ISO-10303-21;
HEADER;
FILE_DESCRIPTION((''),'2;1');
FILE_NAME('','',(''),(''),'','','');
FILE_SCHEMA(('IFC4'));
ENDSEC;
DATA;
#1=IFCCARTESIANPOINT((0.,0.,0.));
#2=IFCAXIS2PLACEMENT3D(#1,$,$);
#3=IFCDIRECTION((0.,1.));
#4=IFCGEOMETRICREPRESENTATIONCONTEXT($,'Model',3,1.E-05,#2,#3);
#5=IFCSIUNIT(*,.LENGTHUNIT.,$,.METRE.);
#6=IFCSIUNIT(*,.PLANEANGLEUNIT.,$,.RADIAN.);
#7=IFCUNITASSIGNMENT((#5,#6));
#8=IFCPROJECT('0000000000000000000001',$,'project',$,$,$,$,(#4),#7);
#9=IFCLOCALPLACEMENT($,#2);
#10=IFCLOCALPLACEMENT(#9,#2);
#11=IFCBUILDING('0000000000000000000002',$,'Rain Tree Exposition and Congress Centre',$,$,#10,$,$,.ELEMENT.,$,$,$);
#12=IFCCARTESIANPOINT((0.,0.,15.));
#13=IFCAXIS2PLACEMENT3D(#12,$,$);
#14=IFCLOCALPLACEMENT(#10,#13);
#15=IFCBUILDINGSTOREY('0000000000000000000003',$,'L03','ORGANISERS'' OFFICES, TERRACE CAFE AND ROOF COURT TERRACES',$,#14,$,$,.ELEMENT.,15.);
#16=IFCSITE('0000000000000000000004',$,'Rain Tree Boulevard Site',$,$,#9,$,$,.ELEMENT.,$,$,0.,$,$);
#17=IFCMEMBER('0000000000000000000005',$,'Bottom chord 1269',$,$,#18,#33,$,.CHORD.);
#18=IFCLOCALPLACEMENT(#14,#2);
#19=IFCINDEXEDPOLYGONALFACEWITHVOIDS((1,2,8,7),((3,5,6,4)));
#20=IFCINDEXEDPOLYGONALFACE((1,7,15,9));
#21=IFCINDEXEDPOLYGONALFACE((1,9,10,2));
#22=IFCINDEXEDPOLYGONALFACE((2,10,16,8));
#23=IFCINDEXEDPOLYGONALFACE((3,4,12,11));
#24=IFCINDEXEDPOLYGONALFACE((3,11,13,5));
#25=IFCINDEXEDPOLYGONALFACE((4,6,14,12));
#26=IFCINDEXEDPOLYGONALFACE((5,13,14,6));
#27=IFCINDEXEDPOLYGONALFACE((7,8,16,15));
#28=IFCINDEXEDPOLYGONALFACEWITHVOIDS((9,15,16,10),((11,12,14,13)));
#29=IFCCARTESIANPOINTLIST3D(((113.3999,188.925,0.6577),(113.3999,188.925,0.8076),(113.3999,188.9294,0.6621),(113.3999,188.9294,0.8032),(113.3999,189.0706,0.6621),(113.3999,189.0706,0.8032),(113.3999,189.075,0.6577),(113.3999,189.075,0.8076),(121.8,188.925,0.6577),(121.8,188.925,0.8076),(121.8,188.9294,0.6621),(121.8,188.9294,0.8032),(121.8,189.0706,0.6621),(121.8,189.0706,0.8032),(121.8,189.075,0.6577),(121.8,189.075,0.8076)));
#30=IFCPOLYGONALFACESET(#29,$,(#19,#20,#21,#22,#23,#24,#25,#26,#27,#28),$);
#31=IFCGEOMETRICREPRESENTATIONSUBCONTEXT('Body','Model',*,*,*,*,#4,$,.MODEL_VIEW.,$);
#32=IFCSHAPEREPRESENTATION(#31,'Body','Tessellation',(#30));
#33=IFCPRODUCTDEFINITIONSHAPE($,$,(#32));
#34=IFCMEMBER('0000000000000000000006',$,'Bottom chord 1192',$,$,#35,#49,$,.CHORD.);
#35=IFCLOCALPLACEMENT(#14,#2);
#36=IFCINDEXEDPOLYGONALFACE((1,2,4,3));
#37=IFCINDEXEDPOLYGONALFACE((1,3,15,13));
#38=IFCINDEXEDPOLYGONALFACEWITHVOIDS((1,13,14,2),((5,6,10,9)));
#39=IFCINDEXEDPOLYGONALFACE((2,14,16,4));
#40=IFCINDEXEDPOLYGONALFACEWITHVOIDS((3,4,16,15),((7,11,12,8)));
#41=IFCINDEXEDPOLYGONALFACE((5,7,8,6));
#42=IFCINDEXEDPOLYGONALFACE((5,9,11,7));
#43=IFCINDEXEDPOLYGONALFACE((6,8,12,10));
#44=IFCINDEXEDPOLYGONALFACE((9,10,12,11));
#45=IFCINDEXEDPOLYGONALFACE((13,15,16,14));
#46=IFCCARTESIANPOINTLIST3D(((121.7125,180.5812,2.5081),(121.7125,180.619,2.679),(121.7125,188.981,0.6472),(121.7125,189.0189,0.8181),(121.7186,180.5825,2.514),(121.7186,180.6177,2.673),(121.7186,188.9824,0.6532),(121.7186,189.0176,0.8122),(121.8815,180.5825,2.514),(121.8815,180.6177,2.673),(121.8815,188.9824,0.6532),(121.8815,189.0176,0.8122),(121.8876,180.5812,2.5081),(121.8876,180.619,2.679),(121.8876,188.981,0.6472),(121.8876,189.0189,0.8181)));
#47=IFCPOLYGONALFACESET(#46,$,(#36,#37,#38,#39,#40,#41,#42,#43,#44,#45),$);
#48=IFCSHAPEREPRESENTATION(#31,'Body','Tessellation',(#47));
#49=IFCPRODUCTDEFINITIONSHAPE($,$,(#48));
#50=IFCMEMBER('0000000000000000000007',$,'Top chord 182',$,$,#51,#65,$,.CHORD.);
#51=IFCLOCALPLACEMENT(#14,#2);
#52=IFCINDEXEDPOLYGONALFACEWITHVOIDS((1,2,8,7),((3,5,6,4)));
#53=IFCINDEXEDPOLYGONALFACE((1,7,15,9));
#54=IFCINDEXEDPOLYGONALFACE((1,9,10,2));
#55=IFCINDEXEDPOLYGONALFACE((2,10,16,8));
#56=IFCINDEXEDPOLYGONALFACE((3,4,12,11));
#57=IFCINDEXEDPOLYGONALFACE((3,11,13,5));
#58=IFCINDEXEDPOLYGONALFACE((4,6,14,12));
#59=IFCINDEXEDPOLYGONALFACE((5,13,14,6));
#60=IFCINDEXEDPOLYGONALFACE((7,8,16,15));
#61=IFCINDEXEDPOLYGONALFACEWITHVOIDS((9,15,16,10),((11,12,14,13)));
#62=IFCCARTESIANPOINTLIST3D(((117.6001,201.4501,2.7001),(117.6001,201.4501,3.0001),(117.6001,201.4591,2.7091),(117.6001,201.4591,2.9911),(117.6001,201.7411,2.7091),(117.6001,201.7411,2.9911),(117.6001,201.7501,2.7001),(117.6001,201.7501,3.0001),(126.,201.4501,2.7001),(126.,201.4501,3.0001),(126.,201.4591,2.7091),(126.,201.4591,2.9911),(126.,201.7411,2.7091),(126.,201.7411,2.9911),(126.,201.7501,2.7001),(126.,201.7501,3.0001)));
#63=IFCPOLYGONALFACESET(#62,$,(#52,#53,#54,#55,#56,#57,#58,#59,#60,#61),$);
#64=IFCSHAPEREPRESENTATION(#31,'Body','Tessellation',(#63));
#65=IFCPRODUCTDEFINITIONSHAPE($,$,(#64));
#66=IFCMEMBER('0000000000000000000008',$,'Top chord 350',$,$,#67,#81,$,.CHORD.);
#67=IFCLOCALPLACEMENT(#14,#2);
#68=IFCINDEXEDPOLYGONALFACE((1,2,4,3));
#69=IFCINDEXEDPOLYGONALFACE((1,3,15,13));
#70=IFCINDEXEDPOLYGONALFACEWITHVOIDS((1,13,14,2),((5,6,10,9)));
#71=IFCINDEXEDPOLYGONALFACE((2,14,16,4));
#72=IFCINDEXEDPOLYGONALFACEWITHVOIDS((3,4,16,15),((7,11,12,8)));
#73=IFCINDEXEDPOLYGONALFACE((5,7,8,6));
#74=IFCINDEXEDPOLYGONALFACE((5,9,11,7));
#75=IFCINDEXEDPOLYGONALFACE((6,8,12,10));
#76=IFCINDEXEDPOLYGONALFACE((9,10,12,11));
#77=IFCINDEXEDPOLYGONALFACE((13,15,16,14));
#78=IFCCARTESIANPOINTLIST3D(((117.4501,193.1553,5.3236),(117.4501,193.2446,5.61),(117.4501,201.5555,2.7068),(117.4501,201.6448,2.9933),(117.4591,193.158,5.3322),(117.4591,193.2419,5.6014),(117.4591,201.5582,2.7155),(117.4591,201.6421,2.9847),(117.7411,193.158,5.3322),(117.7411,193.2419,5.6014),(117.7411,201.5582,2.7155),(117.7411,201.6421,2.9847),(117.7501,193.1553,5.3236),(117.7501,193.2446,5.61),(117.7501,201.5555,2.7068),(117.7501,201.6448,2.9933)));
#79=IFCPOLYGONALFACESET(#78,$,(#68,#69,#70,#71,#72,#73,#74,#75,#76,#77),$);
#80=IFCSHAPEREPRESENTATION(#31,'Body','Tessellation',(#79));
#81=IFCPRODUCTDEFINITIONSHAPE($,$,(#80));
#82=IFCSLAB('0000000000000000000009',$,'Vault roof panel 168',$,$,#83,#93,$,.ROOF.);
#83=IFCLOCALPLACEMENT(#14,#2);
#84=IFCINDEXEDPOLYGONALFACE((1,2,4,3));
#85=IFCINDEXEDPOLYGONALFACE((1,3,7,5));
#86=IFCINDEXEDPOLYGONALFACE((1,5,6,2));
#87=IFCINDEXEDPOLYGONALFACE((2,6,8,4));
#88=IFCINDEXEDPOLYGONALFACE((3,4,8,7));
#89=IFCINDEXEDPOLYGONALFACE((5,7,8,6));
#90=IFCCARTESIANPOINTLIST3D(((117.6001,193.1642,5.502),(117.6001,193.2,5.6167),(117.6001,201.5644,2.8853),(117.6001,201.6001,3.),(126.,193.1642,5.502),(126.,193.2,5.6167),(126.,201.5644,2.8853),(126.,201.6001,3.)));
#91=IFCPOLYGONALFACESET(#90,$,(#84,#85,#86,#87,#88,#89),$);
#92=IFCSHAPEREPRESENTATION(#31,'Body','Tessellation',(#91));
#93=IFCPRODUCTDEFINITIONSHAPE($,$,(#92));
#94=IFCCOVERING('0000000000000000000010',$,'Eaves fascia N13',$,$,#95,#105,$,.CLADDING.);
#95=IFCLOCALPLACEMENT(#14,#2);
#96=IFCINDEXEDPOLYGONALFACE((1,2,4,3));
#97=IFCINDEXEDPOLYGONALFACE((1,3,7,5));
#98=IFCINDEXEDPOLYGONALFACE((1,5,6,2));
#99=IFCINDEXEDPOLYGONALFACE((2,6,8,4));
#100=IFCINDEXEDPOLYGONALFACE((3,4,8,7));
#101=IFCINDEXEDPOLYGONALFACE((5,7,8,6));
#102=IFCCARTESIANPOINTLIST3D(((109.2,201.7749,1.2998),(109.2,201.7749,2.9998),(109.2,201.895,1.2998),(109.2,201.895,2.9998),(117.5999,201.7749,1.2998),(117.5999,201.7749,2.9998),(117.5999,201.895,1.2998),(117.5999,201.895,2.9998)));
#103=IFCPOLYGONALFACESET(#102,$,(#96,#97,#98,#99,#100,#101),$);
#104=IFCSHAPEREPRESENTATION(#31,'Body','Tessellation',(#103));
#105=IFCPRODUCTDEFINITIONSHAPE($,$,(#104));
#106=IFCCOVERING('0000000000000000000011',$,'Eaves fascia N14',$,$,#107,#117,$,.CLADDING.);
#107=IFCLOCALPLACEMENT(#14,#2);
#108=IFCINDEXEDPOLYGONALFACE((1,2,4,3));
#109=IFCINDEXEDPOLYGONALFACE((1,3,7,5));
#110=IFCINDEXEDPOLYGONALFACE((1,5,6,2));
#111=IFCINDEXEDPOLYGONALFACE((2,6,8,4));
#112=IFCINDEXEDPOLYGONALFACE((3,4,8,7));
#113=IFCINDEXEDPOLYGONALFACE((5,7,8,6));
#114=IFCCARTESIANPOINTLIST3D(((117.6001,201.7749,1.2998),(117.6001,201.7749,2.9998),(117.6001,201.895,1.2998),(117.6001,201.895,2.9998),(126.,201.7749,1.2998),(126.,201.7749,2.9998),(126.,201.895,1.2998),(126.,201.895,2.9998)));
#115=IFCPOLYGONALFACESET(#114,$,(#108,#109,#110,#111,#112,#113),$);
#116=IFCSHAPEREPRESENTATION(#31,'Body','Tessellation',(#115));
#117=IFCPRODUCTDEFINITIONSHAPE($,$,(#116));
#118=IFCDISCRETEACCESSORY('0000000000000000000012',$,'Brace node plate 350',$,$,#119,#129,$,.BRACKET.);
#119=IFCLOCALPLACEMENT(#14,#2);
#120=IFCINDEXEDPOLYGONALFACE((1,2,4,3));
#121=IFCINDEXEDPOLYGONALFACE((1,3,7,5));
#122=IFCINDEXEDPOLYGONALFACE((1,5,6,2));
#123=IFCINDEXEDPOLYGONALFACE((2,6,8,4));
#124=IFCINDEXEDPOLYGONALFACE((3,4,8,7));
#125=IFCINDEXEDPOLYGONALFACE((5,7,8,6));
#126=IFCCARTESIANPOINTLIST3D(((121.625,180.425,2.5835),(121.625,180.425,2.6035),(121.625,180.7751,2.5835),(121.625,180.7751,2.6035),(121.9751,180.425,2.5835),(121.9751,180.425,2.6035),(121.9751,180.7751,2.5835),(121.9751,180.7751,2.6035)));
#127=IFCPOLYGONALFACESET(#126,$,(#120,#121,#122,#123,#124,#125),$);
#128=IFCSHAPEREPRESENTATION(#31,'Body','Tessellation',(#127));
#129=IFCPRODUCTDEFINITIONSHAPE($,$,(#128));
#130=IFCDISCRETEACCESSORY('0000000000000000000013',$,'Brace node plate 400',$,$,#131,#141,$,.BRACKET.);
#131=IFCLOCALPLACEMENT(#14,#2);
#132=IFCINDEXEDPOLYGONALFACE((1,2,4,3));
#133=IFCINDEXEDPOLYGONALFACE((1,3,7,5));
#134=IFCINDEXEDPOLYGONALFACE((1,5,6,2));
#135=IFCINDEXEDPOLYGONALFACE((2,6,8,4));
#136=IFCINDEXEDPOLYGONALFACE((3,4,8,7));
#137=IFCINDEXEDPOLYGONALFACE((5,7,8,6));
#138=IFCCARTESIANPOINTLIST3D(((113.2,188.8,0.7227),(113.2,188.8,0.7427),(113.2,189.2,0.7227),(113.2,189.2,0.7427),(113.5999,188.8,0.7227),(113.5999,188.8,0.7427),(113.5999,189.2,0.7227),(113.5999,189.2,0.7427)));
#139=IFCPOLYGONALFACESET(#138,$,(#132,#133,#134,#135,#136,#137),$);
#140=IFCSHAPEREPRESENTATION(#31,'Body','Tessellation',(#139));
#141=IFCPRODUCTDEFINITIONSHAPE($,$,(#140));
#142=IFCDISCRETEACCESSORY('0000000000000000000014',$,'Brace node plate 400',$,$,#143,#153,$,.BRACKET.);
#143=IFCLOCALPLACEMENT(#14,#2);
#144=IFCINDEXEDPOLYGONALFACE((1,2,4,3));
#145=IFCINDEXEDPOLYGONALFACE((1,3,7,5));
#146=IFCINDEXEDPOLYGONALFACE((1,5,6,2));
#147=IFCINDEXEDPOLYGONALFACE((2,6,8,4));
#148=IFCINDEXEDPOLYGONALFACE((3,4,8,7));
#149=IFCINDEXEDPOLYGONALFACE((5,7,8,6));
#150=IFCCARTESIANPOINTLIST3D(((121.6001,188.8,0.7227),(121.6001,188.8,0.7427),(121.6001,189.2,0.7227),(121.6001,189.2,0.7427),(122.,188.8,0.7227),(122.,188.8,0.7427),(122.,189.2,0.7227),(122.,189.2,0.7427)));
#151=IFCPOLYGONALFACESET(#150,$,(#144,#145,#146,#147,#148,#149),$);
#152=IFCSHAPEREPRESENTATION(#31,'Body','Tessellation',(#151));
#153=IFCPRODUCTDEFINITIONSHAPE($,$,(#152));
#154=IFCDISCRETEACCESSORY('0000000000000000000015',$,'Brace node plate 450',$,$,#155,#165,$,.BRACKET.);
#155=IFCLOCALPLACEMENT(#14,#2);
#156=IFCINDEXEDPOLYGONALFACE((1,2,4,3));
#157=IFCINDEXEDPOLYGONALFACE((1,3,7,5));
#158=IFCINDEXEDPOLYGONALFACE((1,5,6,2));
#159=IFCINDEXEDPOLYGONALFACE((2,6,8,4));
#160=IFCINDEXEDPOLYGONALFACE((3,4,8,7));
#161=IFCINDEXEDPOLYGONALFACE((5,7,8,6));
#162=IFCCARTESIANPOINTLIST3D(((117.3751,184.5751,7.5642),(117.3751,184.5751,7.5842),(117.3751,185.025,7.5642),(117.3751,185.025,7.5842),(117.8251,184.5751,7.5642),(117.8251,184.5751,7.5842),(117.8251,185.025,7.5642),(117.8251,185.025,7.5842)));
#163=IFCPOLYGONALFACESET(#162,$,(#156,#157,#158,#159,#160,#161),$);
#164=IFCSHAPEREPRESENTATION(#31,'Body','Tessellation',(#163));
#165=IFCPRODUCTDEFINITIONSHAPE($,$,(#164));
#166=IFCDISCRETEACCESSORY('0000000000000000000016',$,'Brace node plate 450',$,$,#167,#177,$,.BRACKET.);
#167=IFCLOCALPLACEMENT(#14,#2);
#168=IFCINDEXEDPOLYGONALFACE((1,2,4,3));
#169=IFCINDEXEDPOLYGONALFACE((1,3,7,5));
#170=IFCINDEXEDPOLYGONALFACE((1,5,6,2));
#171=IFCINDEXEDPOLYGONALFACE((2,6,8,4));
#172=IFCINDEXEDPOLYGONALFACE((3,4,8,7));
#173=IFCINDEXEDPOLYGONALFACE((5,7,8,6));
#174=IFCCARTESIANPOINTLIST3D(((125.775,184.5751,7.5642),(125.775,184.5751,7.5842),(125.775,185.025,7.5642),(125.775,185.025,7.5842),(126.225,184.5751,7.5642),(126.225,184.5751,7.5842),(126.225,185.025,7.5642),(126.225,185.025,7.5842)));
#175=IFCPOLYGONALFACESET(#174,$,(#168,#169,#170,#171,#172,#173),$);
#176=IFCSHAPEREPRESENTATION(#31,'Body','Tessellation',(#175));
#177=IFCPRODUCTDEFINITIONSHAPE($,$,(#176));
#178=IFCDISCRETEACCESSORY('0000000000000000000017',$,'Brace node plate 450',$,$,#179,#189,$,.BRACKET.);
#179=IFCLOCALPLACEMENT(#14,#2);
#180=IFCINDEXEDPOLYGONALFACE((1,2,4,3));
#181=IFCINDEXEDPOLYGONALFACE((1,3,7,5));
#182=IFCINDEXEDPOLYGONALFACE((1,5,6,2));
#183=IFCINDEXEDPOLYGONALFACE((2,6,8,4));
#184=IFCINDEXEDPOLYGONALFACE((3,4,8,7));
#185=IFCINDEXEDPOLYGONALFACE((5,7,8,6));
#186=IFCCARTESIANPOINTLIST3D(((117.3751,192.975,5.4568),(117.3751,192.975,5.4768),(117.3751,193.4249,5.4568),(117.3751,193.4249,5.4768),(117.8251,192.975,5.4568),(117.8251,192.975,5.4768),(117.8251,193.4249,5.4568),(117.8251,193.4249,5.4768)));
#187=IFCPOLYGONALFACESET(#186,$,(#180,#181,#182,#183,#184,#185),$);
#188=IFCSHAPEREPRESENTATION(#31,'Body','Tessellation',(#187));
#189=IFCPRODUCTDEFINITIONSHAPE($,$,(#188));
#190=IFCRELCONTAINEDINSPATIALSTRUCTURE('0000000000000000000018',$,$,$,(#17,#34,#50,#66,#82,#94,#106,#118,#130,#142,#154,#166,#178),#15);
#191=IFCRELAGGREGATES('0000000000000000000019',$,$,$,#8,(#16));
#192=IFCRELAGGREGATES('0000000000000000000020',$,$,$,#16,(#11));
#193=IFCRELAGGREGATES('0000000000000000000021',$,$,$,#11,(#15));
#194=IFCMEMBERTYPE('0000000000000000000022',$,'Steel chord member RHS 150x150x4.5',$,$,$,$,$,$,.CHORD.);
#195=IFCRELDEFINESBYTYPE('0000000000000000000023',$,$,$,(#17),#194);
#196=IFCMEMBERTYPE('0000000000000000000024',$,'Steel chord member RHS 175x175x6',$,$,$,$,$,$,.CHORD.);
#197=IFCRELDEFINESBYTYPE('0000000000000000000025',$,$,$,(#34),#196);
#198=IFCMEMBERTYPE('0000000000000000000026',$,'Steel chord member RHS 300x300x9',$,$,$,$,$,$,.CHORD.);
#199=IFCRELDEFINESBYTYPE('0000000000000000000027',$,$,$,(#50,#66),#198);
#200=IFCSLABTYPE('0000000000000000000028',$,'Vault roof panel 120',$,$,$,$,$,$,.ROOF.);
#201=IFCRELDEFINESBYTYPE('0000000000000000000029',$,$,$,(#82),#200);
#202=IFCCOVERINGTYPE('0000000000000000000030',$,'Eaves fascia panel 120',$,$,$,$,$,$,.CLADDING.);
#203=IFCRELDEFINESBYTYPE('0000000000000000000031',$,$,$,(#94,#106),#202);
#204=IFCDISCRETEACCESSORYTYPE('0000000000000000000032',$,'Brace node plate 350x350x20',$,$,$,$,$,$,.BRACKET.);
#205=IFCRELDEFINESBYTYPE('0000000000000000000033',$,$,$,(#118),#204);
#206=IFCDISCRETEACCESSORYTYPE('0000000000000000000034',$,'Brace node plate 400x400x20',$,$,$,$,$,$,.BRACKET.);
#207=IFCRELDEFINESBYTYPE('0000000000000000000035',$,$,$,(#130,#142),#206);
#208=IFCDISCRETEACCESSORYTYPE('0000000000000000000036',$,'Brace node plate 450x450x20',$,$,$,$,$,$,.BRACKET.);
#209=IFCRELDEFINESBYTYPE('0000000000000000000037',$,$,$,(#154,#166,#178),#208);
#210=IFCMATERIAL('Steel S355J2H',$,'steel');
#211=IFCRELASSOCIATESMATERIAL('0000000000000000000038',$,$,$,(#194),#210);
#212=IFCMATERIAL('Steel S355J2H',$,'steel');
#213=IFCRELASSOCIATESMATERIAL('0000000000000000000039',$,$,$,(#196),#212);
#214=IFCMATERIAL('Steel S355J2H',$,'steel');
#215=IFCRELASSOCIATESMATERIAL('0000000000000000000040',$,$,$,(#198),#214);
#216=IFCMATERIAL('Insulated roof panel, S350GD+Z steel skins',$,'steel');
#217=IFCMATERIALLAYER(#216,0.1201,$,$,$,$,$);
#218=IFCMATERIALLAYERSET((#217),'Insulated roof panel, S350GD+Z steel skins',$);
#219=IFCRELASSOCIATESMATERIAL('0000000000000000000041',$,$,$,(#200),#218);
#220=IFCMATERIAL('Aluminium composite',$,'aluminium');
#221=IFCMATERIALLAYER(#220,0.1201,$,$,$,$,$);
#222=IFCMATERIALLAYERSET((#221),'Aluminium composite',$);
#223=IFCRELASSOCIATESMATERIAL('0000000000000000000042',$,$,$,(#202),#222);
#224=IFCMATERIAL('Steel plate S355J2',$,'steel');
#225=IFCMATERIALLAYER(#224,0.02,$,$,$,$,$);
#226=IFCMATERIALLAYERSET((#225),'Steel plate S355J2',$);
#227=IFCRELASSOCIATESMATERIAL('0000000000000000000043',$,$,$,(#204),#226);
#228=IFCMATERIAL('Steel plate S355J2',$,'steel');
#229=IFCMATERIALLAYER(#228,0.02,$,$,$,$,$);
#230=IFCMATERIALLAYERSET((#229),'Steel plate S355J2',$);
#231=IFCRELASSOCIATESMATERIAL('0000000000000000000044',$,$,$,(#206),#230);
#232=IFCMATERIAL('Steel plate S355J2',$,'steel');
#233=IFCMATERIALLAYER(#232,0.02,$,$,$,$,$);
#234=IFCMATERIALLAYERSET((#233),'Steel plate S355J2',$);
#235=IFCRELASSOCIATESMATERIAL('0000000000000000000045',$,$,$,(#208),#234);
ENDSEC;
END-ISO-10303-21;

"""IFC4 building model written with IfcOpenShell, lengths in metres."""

from ifc_helpers import new_model, si_unit, direction, frame, origin, origin_2d, place, context, subcontext, project, spatial, polyline, rectangle, hollow_rectangle, outline, extrude, material, layer, layer_set, material_profile, profile_set, type_object, element, save


model = new_model("IFC4")

# Units and contexts
model_context = context("Model", 3, precision=1e-05, world=origin(), true_north=direction((0.0, 1.0)))
body_context = subcontext(model_context, "Body", "Model", "MODEL_VIEW")
ifc_project = project(units=[si_unit("LENGTHUNIT", "METRE"), si_unit("PLANEANGLEUNIT", "RADIAN")], contexts=[model_context])

# Site, building, storey
site_placement = place(None, origin())
site = spatial("IfcSite", under=ifc_project, at=site_placement, Name="Rain Tree Boulevard Site", CompositionType="ELEMENT", RefElevation=0.0)
building_placement = place(site_placement, origin())
building = spatial("IfcBuilding", under=site, at=building_placement, Name="Rain Tree Exposition and Congress Centre", CompositionType="ELEMENT")
storey_placement = place(building_placement, frame((0.0, 0.0, 15.0)))
storey = spatial("IfcBuildingStorey", under=building, at=storey_placement, Name="L03", Description="ORGANISERS' OFFICES, TERRACE CAFE AND ROOF COURT TERRACES", CompositionType="ELEMENT", Elevation=15.0)

# Members
ifc_material_1 = material(Name="Steel S355J2H", Category="steel")
ifc_material_profile_1 = material_profile(ifc_material_1, hollow_rectangle(XDim=0.1499, YDim=0.1499, WallThickness=0.0044, at=origin_2d()), Name="RHS 150x150x4.5")
ifc_profile_set_1 = profile_set([ifc_material_profile_1], Name="Steel S355J2H")
member_type_1 = type_object("IfcMemberType", Name="Steel chord member RHS 150x150x4.5", PredefinedType="CHORD", material=ifc_profile_set_1)
member_1_placement = place(storey_placement, frame((113.3999, 189.0, 0.7327), z_axis=(1.0, 0.0, 0.0), x_axis=(0.0, 1.0, 0.0)))
element("IfcMember", 1, at=member_1_placement, inside=storey, type_object=member_type_1, Name="Bottom chord 1269", PredefinedType="CHORD", context=body_context, shape_type="SweptSolid", body=[
    extrude(hollow_rectangle(XDim=0.1499, YDim=0.1499, WallThickness=0.0044, at=origin_2d()), origin(), (0.0, 0.0, 1.0), 8.4001),
])
ifc_material_2 = material(Name="Steel S355J2H", Category="steel")
ifc_material_profile_2 = material_profile(ifc_material_2, hollow_rectangle(XDim=0.175, YDim=0.175, WallThickness=0.0061, at=origin_2d()), Name="RHS 175x175x6")
ifc_profile_set_2 = profile_set([ifc_material_profile_2], Name="Steel S355J2H")
member_type_2 = type_object("IfcMemberType", Name="Steel chord member RHS 175x175x6", PredefinedType="CHORD", material=ifc_profile_set_2)
member_2_placement = place(storey_placement, frame((121.8, 180.6001, 2.5935), z_axis=(0.0, 0.97633, -0.216287), x_axis=(-1.0, 0.0, 0.0)))
element("IfcMember", 2, at=member_2_placement, inside=storey, type_object=member_type_2, Name="Bottom chord 1192", PredefinedType="CHORD", context=body_context, shape_type="SweptSolid", body=[
    extrude(hollow_rectangle(XDim=0.175, YDim=0.175, WallThickness=0.0061, at=origin_2d()), origin(), (0.0, 0.0, 1.0), 8.6035),
])
ifc_material_3 = material(Name="Steel S355J2H", Category="steel")
ifc_material_profile_3 = material_profile(ifc_material_3, hollow_rectangle(XDim=0.3, YDim=0.3, WallThickness=0.009, at=origin_2d()), Name="RHS 300x300x9")
ifc_profile_set_3 = profile_set([ifc_material_profile_3], Name="Steel S355J2H")
member_type_3 = type_object("IfcMemberType", Name="Steel chord member RHS 300x300x9", PredefinedType="CHORD", material=ifc_profile_set_3)
member_3_placement = place(storey_placement, frame((117.6001, 201.6001, 2.8501), z_axis=(1.0, 0.0, 0.0), x_axis=(0.0, 1.0, 0.0)))
element("IfcMember", 3, at=member_3_placement, inside=storey, type_object=member_type_3, Name="Top chord 182", PredefinedType="CHORD", context=body_context, shape_type="SweptSolid", body=[
    extrude(hollow_rectangle(XDim=0.3, YDim=0.3, WallThickness=0.009, at=origin_2d()), origin(), (0.0, 0.0, 1.0), 8.3999),
])
member_4_placement = place(storey_placement, frame((117.6001, 193.2, 5.4668), z_axis=(0.0, 0.95475, -0.297411), x_axis=(-1.0, 0.0, 0.0)))
element("IfcMember", 4, at=member_4_placement, inside=storey, type_object=member_type_3, Name="Top chord 350", PredefinedType="CHORD", context=body_context, shape_type="SweptSolid", body=[
    extrude(hollow_rectangle(XDim=0.3, YDim=0.3, WallThickness=0.009, at=origin_2d()), origin(), (0.0, 0.0, 1.0), 8.7983),
])

# Slab
ifc_material_4 = material(Name="Insulated roof panel, S350GD+Z steel skins", Category="steel")
ifc_layer_1 = layer(ifc_material_4, 0.1201)
ifc_layer_set_1 = layer_set([ifc_layer_1], Name="Insulated roof panel, S350GD+Z steel skins")
slab_type = type_object("IfcSlabType", Name="Vault roof panel 120", PredefinedType="ROOF", material=ifc_layer_set_1)
slab_placement = place(storey_placement, frame((117.6001, 193.2, 5.6167), z_axis=(0.0, 0.297411, 0.95475), x_axis=(1.0, 0.0, 0.0)))
element("IfcSlab", 5, at=slab_placement, inside=storey, type_object=slab_type, Name="Vault roof panel 168", PredefinedType="ROOF", context=body_context, shape_type="SweptSolid", body=[
    extrude(outline(polyline([(0.0, 0.0), (8.3999, 0.0), (8.3999, 8.7983), (0.0, 8.7983), (0.0, 0.0)])), origin(), (0.0, 0.0, -1.0), 0.1201),
])

# Coverings
ifc_material_5 = material(Name="Aluminium composite", Category="aluminium")
ifc_layer_2 = layer(ifc_material_5, 0.1201)
ifc_layer_set_2 = layer_set([ifc_layer_2], Name="Aluminium composite")
covering_type = type_object("IfcCoveringType", Name="Eaves fascia panel 120", PredefinedType="CLADDING", material=ifc_layer_set_2)
for number, where, z_axis, x_axis, name in (
    (6, (113.3999, 201.835, 1.2998), (0.0, 0.0, 1.0), (1.0, 0.0, 0.0), "Eaves fascia N13"),
    (7, (121.8, 201.835, 1.2998), (0.0, 0.0, 1.0), (1.0, 0.0, 0.0), "Eaves fascia N14"),
):
    element("IfcCovering", number, at=place(storey_placement, frame(where, z_axis=z_axis, x_axis=x_axis)), inside=storey, type_object=covering_type, Name=name, PredefinedType="CLADDING", context=body_context, shape_type="SweptSolid", body=[
        extrude(rectangle(XDim=8.3999, YDim=0.1201, at=origin_2d()), origin(), (0.0, 0.0, 1.0), 1.7),
    ])

# Discrete accessories
ifc_material_6 = material(Name="Steel plate S355J2", Category="steel")
ifc_layer_3 = layer(ifc_material_6, 0.02)
ifc_layer_set_3 = layer_set([ifc_layer_3], Name="Steel plate S355J2")
discrete_accessory_type_1 = type_object("IfcDiscreteAccessoryType", Name="Brace node plate 350x350x20", PredefinedType="BRACKET", material=ifc_layer_set_3)
discrete_accessory_1_placement = place(storey_placement, frame((121.8, 180.6001, 2.5835), z_axis=(0.0, 0.0, 1.0), x_axis=(1.0, 0.0, 0.0)))
element("IfcDiscreteAccessory", 8, at=discrete_accessory_1_placement, inside=storey, type_object=discrete_accessory_type_1, Name="Brace node plate 350", PredefinedType="BRACKET", context=body_context, shape_type="SweptSolid", body=[
    extrude(rectangle(XDim=0.3501, YDim=0.3501, at=origin_2d()), origin(), (0.0, 0.0, 1.0), 0.02),
])
ifc_material_7 = material(Name="Steel plate S355J2", Category="steel")
ifc_layer_4 = layer(ifc_material_7, 0.02)
ifc_layer_set_4 = layer_set([ifc_layer_4], Name="Steel plate S355J2")
discrete_accessory_type_2 = type_object("IfcDiscreteAccessoryType", Name="Brace node plate 400x400x20", PredefinedType="BRACKET", material=ifc_layer_set_4)
for number, where, z_axis, x_axis, name in (
    (9, (113.3999, 189.0, 0.7227), (0.0, 0.0, 1.0), (1.0, 0.0, 0.0), "Brace node plate 400"),
    (10, (121.8, 189.0, 0.7227), (0.0, 0.0, 1.0), (1.0, 0.0, 0.0), "Brace node plate 400"),
):
    element("IfcDiscreteAccessory", number, at=place(storey_placement, frame(where, z_axis=z_axis, x_axis=x_axis)), inside=storey, type_object=discrete_accessory_type_2, Name=name, PredefinedType="BRACKET", context=body_context, shape_type="SweptSolid", body=[
        extrude(rectangle(XDim=0.3999, YDim=0.3999, at=origin_2d()), origin(), (0.0, 0.0, 1.0), 0.02),
    ])
ifc_material_8 = material(Name="Steel plate S355J2", Category="steel")
ifc_layer_5 = layer(ifc_material_8, 0.02)
ifc_layer_set_5 = layer_set([ifc_layer_5], Name="Steel plate S355J2")
discrete_accessory_type_3 = type_object("IfcDiscreteAccessoryType", Name="Brace node plate 450x450x20", PredefinedType="BRACKET", material=ifc_layer_set_5)
for number, where, z_axis, x_axis, name in (
    (11, (117.6001, 184.8, 7.5642), (0.0, 0.0, 1.0), (1.0, 0.0, 0.0), "Brace node plate 450"),
    (12, (126.0, 184.8, 7.5642), (0.0, 0.0, 1.0), (1.0, 0.0, 0.0), "Brace node plate 450"),
    (13, (117.6001, 193.2, 5.4568), (0.0, 0.0, 1.0), (1.0, 0.0, 0.0), "Brace node plate 450"),
):
    element("IfcDiscreteAccessory", number, at=place(storey_placement, frame(where, z_axis=z_axis, x_axis=x_axis)), inside=storey, type_object=discrete_accessory_type_3, Name=name, PredefinedType="BRACKET", context=body_context, shape_type="SweptSolid", body=[
        extrude(rectangle(XDim=0.45, YDim=0.45, at=origin_2d()), origin(), (0.0, 0.0, 1.0), 0.02),
    ])

save(model, "model.ifc")
